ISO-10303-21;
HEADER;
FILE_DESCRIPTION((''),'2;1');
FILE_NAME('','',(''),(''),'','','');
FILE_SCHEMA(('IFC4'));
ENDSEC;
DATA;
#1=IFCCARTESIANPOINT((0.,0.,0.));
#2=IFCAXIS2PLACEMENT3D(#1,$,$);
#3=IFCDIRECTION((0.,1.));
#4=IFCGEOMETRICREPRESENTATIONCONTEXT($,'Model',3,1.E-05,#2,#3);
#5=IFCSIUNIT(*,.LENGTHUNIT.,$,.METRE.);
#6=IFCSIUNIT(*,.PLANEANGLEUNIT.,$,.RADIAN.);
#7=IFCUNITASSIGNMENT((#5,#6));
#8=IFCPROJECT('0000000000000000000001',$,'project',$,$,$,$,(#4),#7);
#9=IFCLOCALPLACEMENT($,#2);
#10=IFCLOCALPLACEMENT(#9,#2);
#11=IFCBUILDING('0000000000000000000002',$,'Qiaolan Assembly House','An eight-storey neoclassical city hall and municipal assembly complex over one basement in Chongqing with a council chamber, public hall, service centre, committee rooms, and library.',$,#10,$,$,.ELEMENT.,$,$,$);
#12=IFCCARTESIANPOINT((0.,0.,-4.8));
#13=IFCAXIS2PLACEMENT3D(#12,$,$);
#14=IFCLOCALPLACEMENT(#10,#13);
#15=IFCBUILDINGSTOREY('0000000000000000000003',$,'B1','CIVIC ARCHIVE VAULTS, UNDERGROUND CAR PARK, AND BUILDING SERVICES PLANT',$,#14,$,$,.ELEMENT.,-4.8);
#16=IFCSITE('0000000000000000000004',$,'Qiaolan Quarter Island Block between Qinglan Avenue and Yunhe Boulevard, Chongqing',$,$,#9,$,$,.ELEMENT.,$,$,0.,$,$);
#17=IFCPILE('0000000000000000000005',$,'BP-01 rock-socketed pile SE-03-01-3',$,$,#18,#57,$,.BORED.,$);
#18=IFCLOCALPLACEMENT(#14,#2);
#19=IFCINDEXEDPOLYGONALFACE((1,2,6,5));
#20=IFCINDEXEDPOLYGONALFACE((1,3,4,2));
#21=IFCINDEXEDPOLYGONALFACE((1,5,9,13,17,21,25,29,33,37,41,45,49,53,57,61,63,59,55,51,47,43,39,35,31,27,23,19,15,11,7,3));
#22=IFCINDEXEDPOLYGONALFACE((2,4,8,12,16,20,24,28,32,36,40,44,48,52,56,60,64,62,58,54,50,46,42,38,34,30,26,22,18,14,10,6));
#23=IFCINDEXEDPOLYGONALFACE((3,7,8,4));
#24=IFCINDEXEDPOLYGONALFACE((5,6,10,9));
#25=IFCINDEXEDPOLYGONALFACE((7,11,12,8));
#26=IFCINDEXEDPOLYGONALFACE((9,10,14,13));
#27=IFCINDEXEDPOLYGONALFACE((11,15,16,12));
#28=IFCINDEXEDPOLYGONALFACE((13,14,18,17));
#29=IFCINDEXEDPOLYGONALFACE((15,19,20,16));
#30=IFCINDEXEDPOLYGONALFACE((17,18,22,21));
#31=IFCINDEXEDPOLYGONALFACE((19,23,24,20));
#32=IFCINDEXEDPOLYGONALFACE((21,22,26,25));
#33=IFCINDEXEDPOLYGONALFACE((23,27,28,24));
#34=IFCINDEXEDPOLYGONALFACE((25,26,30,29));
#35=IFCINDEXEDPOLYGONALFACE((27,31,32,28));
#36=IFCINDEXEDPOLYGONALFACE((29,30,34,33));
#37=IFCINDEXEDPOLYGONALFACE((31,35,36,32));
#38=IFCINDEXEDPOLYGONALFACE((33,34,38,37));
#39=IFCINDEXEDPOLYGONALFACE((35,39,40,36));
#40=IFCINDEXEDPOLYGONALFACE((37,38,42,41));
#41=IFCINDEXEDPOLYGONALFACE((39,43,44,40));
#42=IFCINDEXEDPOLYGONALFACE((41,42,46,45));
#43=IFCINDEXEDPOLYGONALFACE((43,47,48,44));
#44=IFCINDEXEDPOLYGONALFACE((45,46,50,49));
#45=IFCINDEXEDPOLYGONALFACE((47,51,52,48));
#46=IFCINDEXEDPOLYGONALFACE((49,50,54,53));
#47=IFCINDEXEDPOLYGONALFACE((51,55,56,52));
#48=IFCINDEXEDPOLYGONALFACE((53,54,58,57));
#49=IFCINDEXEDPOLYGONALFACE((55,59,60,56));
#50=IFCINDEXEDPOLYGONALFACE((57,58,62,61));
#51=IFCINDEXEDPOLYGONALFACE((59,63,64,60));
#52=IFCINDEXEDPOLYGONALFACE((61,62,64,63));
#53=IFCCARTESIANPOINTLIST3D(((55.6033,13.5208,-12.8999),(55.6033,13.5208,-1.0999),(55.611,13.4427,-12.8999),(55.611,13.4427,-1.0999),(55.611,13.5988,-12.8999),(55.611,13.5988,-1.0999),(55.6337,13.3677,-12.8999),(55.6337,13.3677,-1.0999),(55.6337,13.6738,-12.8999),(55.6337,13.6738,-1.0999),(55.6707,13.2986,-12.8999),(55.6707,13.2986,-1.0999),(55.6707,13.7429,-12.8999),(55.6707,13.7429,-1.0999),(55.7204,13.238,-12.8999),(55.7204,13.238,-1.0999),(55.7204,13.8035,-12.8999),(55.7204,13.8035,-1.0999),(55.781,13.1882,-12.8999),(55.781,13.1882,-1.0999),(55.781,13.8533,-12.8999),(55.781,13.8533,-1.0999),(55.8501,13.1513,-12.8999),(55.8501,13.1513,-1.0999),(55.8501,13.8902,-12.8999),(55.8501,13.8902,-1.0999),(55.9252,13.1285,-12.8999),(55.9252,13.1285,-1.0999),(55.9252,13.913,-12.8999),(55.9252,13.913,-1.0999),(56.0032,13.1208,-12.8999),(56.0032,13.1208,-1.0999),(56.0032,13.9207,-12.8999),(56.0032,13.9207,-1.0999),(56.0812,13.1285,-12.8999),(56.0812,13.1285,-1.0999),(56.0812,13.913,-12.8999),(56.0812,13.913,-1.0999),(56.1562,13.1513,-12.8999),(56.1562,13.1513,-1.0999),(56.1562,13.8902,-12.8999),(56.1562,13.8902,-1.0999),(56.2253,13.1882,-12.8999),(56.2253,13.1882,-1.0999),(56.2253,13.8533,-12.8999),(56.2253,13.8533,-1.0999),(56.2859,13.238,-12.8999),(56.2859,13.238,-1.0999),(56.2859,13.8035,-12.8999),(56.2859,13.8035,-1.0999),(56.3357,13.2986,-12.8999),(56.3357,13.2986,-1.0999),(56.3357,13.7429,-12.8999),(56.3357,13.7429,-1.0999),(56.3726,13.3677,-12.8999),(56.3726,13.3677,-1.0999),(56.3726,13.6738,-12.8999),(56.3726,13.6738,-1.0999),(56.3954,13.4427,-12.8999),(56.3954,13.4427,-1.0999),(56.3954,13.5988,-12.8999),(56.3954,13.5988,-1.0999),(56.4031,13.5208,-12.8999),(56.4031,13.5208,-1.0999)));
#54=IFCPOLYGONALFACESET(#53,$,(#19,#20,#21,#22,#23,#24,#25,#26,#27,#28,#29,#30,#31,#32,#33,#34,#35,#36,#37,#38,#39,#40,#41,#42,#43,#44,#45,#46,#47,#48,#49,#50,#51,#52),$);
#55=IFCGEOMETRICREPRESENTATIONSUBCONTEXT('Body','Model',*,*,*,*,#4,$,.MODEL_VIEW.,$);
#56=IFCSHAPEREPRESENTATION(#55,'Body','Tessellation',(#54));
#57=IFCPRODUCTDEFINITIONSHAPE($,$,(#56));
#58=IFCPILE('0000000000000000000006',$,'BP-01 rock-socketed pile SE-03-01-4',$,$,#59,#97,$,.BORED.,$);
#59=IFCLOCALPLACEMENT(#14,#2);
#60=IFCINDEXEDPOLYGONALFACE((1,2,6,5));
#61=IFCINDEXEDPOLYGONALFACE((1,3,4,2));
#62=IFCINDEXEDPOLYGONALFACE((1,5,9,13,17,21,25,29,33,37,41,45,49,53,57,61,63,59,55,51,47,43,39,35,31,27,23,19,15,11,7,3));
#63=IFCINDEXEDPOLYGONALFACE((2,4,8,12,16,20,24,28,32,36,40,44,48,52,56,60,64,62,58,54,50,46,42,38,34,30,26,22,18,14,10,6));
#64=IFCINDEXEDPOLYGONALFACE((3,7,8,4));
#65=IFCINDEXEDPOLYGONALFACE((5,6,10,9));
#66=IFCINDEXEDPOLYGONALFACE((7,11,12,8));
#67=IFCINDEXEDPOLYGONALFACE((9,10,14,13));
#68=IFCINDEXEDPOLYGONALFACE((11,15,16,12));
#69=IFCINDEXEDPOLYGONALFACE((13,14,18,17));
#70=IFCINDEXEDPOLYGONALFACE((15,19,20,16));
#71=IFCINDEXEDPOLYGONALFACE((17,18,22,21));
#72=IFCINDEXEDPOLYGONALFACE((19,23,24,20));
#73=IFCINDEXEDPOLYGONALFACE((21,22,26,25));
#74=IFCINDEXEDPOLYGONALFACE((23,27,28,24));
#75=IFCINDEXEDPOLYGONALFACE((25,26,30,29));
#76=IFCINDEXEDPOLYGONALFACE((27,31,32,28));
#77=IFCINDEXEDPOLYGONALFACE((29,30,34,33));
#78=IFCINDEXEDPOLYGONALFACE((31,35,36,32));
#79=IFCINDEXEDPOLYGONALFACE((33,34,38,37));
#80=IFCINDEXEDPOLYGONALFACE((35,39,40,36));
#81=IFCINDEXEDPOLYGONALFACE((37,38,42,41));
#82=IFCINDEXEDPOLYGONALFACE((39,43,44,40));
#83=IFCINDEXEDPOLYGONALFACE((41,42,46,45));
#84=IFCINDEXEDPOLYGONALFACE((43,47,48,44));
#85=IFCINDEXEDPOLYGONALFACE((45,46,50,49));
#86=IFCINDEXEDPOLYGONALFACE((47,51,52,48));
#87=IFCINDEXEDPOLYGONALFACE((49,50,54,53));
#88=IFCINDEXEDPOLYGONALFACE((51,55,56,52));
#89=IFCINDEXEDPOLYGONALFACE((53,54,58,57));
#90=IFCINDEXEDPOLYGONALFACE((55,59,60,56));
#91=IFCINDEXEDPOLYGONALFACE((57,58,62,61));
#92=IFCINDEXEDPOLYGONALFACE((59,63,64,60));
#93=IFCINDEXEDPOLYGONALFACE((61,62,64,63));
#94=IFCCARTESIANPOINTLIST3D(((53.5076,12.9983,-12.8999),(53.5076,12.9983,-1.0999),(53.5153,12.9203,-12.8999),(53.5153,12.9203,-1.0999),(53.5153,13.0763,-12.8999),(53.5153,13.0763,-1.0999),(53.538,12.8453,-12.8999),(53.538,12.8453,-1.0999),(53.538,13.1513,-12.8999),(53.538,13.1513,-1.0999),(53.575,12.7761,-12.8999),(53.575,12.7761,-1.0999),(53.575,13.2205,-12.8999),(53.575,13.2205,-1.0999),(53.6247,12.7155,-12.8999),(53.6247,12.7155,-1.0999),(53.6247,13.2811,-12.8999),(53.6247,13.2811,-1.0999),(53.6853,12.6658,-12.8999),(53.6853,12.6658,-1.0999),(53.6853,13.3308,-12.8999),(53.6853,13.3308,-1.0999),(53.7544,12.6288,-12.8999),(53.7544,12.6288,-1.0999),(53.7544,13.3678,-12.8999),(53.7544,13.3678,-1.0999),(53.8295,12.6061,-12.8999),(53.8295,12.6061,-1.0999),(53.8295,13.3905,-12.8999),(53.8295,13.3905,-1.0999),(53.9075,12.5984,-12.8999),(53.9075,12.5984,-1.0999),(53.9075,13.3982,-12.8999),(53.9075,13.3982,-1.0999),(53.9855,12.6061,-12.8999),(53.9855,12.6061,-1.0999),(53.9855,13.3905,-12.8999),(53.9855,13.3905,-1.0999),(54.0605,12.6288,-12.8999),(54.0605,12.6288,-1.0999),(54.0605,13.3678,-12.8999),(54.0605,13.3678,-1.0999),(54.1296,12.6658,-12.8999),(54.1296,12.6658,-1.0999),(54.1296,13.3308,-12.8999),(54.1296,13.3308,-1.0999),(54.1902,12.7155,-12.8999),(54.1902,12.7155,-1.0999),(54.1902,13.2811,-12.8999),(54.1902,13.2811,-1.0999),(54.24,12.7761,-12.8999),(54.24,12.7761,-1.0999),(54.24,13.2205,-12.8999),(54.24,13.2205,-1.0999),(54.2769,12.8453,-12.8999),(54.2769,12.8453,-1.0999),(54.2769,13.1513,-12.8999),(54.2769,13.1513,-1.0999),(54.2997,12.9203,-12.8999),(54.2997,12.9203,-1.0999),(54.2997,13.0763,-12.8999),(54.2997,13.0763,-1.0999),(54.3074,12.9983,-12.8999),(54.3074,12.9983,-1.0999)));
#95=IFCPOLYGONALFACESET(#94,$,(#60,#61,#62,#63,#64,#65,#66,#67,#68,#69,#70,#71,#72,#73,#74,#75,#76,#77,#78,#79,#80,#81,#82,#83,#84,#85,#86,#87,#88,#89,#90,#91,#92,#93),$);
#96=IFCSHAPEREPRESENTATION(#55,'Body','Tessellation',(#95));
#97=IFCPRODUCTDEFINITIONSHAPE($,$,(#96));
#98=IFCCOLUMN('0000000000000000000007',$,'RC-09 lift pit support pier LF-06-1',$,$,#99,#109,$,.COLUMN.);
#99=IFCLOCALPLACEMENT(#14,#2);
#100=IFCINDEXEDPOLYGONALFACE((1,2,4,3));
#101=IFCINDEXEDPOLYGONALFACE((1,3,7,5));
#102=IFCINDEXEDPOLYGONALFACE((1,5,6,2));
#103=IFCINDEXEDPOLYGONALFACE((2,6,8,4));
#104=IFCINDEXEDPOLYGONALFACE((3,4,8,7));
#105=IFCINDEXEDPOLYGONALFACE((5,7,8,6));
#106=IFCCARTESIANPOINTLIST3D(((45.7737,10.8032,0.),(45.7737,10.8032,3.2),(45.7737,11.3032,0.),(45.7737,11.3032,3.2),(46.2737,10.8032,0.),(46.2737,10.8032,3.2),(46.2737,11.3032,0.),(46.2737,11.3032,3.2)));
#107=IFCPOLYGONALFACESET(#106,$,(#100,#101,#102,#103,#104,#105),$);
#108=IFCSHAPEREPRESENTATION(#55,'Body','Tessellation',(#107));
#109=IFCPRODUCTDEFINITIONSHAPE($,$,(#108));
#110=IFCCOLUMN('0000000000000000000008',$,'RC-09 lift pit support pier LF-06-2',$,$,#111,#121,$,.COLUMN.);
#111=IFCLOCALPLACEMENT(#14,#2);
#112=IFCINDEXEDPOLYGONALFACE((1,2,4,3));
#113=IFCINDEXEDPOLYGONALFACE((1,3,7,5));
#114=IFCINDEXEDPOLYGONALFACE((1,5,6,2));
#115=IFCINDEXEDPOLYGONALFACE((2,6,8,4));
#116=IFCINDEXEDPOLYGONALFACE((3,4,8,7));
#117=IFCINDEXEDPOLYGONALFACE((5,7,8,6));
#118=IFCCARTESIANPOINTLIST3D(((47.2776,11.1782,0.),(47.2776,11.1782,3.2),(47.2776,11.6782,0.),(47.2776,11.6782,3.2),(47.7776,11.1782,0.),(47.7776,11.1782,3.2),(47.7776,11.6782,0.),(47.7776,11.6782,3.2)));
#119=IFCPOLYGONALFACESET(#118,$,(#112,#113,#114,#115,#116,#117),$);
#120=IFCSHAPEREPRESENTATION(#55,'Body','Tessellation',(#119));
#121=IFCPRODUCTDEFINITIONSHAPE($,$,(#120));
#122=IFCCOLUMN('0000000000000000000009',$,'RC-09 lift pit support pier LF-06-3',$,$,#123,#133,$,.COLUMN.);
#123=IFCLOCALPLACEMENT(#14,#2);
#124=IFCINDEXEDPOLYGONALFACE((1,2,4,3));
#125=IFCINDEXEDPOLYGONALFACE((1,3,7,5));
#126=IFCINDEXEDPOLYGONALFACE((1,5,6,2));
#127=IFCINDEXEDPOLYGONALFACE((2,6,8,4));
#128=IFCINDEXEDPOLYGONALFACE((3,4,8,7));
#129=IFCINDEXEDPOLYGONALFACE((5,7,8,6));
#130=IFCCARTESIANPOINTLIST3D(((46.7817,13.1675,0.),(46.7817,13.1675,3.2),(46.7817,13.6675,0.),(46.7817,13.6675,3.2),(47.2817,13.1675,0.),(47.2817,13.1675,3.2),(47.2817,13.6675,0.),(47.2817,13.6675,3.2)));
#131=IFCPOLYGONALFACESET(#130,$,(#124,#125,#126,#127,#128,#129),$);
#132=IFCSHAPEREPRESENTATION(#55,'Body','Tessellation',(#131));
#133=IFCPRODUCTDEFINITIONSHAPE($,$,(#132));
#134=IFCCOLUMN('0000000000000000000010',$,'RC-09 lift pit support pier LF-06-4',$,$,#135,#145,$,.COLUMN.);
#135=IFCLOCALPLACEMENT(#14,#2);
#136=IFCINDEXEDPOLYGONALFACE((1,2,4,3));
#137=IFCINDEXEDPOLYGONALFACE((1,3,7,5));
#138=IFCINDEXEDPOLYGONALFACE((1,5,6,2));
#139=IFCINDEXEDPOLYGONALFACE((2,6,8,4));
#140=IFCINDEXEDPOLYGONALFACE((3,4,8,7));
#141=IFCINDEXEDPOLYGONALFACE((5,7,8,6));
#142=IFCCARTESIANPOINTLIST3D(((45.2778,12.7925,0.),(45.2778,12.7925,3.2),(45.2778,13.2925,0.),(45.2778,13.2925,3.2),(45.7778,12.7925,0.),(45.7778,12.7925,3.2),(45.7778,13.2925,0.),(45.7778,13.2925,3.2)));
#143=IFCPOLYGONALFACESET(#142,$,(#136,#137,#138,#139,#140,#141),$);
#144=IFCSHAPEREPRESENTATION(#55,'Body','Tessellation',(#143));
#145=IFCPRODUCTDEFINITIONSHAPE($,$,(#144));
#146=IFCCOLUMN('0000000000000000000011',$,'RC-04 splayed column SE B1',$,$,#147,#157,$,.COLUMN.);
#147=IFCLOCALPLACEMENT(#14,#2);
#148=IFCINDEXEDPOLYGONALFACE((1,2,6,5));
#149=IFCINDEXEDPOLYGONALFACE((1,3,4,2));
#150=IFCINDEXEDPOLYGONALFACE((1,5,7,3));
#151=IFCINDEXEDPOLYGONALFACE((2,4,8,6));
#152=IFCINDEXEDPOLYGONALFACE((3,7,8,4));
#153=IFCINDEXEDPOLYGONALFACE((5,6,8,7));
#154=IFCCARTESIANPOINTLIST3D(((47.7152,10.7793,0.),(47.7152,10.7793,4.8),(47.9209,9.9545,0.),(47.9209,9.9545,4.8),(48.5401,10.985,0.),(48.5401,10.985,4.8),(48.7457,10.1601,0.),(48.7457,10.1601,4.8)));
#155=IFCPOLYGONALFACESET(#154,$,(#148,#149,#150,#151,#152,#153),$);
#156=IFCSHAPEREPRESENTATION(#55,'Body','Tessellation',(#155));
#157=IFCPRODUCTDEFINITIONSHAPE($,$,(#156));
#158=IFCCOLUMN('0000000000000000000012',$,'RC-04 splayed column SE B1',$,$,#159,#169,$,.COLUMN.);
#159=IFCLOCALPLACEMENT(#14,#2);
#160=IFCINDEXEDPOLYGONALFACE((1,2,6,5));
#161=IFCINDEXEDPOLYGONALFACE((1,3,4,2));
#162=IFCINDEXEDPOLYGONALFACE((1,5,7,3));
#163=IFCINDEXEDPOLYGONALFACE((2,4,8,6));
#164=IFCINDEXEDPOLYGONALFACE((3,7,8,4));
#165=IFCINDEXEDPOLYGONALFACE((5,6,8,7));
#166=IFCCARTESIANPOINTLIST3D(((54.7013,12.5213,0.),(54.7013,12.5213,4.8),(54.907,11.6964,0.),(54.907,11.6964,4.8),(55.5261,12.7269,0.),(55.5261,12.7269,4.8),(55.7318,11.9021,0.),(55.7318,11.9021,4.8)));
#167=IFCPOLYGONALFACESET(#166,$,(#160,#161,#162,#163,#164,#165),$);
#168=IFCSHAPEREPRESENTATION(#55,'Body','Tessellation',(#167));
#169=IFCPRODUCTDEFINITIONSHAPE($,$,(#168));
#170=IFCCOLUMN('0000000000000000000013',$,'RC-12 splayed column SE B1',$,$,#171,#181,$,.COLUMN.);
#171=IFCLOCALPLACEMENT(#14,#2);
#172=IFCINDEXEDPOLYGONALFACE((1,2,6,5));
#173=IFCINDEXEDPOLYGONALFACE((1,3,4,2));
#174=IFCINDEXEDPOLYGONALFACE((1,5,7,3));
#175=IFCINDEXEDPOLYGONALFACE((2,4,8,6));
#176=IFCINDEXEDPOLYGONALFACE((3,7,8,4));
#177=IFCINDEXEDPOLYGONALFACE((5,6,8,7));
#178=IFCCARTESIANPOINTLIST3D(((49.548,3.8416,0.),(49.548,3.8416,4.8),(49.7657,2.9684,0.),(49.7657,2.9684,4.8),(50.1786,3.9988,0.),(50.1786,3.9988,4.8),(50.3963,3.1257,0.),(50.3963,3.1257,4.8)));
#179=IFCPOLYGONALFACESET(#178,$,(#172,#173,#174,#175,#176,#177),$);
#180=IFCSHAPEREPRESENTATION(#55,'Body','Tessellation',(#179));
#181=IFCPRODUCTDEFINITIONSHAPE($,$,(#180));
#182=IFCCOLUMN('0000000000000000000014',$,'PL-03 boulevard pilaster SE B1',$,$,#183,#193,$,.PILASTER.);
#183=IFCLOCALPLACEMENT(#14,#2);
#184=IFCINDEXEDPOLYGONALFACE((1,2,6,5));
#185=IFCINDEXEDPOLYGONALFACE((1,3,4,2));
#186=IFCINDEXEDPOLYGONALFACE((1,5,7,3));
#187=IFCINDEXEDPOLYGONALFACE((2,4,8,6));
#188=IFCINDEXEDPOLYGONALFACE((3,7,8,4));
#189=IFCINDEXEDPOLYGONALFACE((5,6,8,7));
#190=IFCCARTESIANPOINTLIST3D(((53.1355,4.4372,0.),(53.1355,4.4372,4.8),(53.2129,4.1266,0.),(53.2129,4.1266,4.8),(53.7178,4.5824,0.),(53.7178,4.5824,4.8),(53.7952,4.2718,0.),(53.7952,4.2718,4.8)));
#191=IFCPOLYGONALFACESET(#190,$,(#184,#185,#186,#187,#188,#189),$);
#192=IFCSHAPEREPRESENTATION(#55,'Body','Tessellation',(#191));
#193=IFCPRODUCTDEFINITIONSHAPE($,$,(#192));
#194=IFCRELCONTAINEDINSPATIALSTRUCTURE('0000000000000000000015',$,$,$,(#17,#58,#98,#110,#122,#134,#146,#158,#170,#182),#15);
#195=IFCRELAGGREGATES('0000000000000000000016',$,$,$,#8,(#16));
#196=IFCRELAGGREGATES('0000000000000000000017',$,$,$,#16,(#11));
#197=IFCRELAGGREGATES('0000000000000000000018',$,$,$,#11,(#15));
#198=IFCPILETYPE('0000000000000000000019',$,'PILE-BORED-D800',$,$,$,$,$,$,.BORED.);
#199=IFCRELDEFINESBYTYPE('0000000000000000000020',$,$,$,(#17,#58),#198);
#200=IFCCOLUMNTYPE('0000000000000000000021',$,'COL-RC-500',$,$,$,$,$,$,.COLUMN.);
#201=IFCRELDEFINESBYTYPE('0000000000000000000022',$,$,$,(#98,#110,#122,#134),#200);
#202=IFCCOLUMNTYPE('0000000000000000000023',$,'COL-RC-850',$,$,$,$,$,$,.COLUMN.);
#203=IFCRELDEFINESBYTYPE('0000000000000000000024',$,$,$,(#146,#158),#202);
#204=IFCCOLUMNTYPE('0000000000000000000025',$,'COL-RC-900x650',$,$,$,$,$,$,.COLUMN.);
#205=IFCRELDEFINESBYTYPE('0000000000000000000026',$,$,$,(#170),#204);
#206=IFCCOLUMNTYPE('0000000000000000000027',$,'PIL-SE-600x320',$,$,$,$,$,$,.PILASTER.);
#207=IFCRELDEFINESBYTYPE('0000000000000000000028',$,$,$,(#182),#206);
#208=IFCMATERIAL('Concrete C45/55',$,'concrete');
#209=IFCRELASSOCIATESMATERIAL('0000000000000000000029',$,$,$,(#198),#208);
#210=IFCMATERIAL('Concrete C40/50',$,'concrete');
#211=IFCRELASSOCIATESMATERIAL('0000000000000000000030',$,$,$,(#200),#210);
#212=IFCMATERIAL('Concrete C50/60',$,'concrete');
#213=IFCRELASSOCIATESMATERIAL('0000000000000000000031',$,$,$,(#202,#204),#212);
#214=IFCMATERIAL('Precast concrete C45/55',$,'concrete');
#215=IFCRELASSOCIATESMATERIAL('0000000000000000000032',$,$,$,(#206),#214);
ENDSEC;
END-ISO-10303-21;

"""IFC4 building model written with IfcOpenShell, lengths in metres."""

from ifc_helpers import new_model, si_unit, direction, frame, origin, origin_2d, place, context, subcontext, project, spatial, rectangle, circle, extrude, material, material_profile, profile_set, type_object, element, save


model = new_model("IFC4")

# Units and contexts
model_context = context("Model", 3, precision=1e-05, world=origin(), true_north=direction((0.0, 1.0)))
body_context = subcontext(model_context, "Body", "Model", "MODEL_VIEW")
ifc_project = project(units=[si_unit("LENGTHUNIT", "METRE"), si_unit("PLANEANGLEUNIT", "RADIAN")], contexts=[model_context])

# Site, building, storey
site_placement = place(None, origin())
site = spatial("IfcSite", under=ifc_project, at=site_placement, Name="Qiaolan Quarter Island Block between Qinglan Avenue and Yunhe Boulevard, Chongqing", CompositionType="ELEMENT", RefElevation=0.0)
building_placement = place(site_placement, origin())
building = spatial("IfcBuilding", under=site, at=building_placement, Name="Qiaolan Assembly House", Description="An eight-storey neoclassical city hall and municipal assembly complex over one basement in Chongqing with a council chamber, public hall, service centre, committee rooms, and library.", CompositionType="ELEMENT")
storey_placement = place(building_placement, frame((0.0, 0.0, -4.8)))
storey = spatial("IfcBuildingStorey", under=building, at=storey_placement, Name="B1", Description="CIVIC ARCHIVE VAULTS, UNDERGROUND CAR PARK, AND BUILDING SERVICES PLANT", CompositionType="ELEMENT", Elevation=-4.8)

# Shared definitions
ifc_material_1 = material(Name="Concrete C40/50", Category="concrete")

# Piles
ifc_material_2 = material(Name="Concrete C45/55", Category="concrete")
ifc_material_profile_1 = material_profile(ifc_material_2, circle(Radius=0.3999, at=origin_2d()), Name="PILE D800")
ifc_profile_set_1 = profile_set([ifc_material_profile_1], Name="Concrete C45/55")
pile_type_1 = type_object("IfcPileType", Name="PILE-BORED-D800", PredefinedType="BORED", material=ifc_profile_set_1)
for number, where, z_axis, x_axis, name in (
    (1, (56.0032, 13.5208, -1.0999), (0.0, 0.0, -1.0), (1.0, 0.0, 0.0), "BP-01 rock-socketed pile SE-03-01-3"),
    (2, (53.9075, 12.9983, -1.0999), (0.0, 0.0, -1.0), (1.0, 0.0, 0.0), "BP-01 rock-socketed pile SE-03-01-4"),
):
    element("IfcPile", number, at=place(storey_placement, frame(where, z_axis=z_axis, x_axis=x_axis)), inside=storey, type_object=pile_type_1, Name=name, PredefinedType="BORED", context=body_context, shape_type="SweptSolid", body=[
        extrude(circle(Radius=0.3999, at=origin_2d()), origin(), (0.0, 0.0, 1.0), 11.8),
    ])

# Columns
ifc_material_profile_2 = material_profile(ifc_material_1, rectangle(XDim=0.5, YDim=0.5, at=origin_2d()), Name="RC 500x500")
ifc_profile_set_2 = profile_set([ifc_material_profile_2], Name="Concrete C40/50")
column_type_1 = type_object("IfcColumnType", Name="COL-RC-500", PredefinedType="COLUMN", material=ifc_profile_set_2)
for number, where, z_axis, x_axis, name in (
    (3, (46.0237, 11.0532, 0.0), (0.0, 0.0, 1.0), (1.0, 0.0, 0.0), "RC-09 lift pit support pier LF-06-1"),
    (4, (47.5276, 11.4282, 0.0), (0.0, 0.0, 1.0), (1.0, 0.0, 0.0), "RC-09 lift pit support pier LF-06-2"),
    (5, (47.0317, 13.4175, 0.0), (0.0, 0.0, 1.0), (1.0, 0.0, 0.0), "RC-09 lift pit support pier LF-06-3"),
    (6, (45.5278, 13.0425, 0.0), (0.0, 0.0, 1.0), (1.0, 0.0, 0.0), "RC-09 lift pit support pier LF-06-4"),
):
    element("IfcColumn", number, at=place(storey_placement, frame(where, z_axis=z_axis, x_axis=x_axis)), inside=storey, type_object=column_type_1, Name=name, PredefinedType="COLUMN", context=body_context, shape_type="SweptSolid", body=[
        extrude(rectangle(XDim=0.5, YDim=0.5, at=origin_2d()), origin(), (0.0, 0.0, 1.0), 3.2),
    ])
ifc_material_3 = material(Name="Concrete C50/60", Category="concrete")
ifc_material_profile_3 = material_profile(ifc_material_3, rectangle(XDim=0.8501, YDim=0.8501, at=origin_2d()), Name="RC 850x850")
ifc_profile_set_3 = profile_set([ifc_material_profile_3], Name="Concrete C50/60")
column_type_2 = type_object("IfcColumnType", Name="COL-RC-850", PredefinedType="COLUMN", material=ifc_profile_set_3)
for number, where, z_axis, x_axis, name in (
    (7, (48.2305, 10.4697, 0.0), (0.0, 0.0, 1.0), (0.970296, 0.241922, 0.0), "RC-04 splayed column SE B1"),
    (8, (55.2166, 12.2117, 0.0), (0.0, 0.0, 1.0), (0.970296, 0.241922, 0.0), "RC-04 splayed column SE B1"),
):
    element("IfcColumn", number, at=place(storey_placement, frame(where, z_axis=z_axis, x_axis=x_axis)), inside=storey, type_object=column_type_2, Name=name, PredefinedType="COLUMN", context=body_context, shape_type="SweptSolid", body=[
        extrude(rectangle(XDim=0.8501, YDim=0.8501, at=origin_2d()), origin(), (0.0, 0.0, 1.0), 4.8),
    ])
ifc_material_profile_4 = material_profile(ifc_material_3, rectangle(XDim=0.6499, YDim=0.8999, at=origin_2d()), Name="RC 900x650")
ifc_profile_set_4 = profile_set([ifc_material_profile_4], Name="Concrete C50/60")
column_type_3 = type_object("IfcColumnType", Name="COL-RC-900x650", PredefinedType="COLUMN", material=ifc_profile_set_4)
column_1_placement = place(storey_placement, frame((49.9722, 3.4836, 0.0), z_axis=(0.0, 0.0, 1.0), x_axis=(0.970296, 0.241922, 0.0)))
element("IfcColumn", 9, at=column_1_placement, inside=storey, type_object=column_type_3, Name="RC-12 splayed column SE B1", PredefinedType="COLUMN", context=body_context, shape_type="SweptSolid", body=[
    extrude(rectangle(XDim=0.6499, YDim=0.8999, at=origin_2d()), origin(), (0.0, 0.0, 1.0), 4.8),
])
ifc_material_4 = material(Name="Precast concrete C45/55", Category="concrete")
ifc_material_profile_5 = material_profile(ifc_material_4, rectangle(XDim=0.6001, YDim=0.3201, at=origin_2d()), Name="PIL 600x320")
ifc_profile_set_5 = profile_set([ifc_material_profile_5], Name="Precast concrete C45/55")
column_type_4 = type_object("IfcColumnType", Name="PIL-SE-600x320", PredefinedType="PILASTER", material=ifc_profile_set_5)
column_2_placement = place(storey_placement, frame((53.4653, 4.3545, 0.0), z_axis=(0.0, 0.0, 1.0), x_axis=(0.970296, 0.241922, 0.0)))
element("IfcColumn", 10, at=column_2_placement, inside=storey, type_object=column_type_4, Name="PL-03 boulevard pilaster SE B1", PredefinedType="PILASTER", context=body_context, shape_type="SweptSolid", body=[
    extrude(rectangle(XDim=0.6001, YDim=0.3201, at=origin_2d()), origin(), (0.0, 0.0, 1.0), 4.8),
])

save(model, "model.ifc")
